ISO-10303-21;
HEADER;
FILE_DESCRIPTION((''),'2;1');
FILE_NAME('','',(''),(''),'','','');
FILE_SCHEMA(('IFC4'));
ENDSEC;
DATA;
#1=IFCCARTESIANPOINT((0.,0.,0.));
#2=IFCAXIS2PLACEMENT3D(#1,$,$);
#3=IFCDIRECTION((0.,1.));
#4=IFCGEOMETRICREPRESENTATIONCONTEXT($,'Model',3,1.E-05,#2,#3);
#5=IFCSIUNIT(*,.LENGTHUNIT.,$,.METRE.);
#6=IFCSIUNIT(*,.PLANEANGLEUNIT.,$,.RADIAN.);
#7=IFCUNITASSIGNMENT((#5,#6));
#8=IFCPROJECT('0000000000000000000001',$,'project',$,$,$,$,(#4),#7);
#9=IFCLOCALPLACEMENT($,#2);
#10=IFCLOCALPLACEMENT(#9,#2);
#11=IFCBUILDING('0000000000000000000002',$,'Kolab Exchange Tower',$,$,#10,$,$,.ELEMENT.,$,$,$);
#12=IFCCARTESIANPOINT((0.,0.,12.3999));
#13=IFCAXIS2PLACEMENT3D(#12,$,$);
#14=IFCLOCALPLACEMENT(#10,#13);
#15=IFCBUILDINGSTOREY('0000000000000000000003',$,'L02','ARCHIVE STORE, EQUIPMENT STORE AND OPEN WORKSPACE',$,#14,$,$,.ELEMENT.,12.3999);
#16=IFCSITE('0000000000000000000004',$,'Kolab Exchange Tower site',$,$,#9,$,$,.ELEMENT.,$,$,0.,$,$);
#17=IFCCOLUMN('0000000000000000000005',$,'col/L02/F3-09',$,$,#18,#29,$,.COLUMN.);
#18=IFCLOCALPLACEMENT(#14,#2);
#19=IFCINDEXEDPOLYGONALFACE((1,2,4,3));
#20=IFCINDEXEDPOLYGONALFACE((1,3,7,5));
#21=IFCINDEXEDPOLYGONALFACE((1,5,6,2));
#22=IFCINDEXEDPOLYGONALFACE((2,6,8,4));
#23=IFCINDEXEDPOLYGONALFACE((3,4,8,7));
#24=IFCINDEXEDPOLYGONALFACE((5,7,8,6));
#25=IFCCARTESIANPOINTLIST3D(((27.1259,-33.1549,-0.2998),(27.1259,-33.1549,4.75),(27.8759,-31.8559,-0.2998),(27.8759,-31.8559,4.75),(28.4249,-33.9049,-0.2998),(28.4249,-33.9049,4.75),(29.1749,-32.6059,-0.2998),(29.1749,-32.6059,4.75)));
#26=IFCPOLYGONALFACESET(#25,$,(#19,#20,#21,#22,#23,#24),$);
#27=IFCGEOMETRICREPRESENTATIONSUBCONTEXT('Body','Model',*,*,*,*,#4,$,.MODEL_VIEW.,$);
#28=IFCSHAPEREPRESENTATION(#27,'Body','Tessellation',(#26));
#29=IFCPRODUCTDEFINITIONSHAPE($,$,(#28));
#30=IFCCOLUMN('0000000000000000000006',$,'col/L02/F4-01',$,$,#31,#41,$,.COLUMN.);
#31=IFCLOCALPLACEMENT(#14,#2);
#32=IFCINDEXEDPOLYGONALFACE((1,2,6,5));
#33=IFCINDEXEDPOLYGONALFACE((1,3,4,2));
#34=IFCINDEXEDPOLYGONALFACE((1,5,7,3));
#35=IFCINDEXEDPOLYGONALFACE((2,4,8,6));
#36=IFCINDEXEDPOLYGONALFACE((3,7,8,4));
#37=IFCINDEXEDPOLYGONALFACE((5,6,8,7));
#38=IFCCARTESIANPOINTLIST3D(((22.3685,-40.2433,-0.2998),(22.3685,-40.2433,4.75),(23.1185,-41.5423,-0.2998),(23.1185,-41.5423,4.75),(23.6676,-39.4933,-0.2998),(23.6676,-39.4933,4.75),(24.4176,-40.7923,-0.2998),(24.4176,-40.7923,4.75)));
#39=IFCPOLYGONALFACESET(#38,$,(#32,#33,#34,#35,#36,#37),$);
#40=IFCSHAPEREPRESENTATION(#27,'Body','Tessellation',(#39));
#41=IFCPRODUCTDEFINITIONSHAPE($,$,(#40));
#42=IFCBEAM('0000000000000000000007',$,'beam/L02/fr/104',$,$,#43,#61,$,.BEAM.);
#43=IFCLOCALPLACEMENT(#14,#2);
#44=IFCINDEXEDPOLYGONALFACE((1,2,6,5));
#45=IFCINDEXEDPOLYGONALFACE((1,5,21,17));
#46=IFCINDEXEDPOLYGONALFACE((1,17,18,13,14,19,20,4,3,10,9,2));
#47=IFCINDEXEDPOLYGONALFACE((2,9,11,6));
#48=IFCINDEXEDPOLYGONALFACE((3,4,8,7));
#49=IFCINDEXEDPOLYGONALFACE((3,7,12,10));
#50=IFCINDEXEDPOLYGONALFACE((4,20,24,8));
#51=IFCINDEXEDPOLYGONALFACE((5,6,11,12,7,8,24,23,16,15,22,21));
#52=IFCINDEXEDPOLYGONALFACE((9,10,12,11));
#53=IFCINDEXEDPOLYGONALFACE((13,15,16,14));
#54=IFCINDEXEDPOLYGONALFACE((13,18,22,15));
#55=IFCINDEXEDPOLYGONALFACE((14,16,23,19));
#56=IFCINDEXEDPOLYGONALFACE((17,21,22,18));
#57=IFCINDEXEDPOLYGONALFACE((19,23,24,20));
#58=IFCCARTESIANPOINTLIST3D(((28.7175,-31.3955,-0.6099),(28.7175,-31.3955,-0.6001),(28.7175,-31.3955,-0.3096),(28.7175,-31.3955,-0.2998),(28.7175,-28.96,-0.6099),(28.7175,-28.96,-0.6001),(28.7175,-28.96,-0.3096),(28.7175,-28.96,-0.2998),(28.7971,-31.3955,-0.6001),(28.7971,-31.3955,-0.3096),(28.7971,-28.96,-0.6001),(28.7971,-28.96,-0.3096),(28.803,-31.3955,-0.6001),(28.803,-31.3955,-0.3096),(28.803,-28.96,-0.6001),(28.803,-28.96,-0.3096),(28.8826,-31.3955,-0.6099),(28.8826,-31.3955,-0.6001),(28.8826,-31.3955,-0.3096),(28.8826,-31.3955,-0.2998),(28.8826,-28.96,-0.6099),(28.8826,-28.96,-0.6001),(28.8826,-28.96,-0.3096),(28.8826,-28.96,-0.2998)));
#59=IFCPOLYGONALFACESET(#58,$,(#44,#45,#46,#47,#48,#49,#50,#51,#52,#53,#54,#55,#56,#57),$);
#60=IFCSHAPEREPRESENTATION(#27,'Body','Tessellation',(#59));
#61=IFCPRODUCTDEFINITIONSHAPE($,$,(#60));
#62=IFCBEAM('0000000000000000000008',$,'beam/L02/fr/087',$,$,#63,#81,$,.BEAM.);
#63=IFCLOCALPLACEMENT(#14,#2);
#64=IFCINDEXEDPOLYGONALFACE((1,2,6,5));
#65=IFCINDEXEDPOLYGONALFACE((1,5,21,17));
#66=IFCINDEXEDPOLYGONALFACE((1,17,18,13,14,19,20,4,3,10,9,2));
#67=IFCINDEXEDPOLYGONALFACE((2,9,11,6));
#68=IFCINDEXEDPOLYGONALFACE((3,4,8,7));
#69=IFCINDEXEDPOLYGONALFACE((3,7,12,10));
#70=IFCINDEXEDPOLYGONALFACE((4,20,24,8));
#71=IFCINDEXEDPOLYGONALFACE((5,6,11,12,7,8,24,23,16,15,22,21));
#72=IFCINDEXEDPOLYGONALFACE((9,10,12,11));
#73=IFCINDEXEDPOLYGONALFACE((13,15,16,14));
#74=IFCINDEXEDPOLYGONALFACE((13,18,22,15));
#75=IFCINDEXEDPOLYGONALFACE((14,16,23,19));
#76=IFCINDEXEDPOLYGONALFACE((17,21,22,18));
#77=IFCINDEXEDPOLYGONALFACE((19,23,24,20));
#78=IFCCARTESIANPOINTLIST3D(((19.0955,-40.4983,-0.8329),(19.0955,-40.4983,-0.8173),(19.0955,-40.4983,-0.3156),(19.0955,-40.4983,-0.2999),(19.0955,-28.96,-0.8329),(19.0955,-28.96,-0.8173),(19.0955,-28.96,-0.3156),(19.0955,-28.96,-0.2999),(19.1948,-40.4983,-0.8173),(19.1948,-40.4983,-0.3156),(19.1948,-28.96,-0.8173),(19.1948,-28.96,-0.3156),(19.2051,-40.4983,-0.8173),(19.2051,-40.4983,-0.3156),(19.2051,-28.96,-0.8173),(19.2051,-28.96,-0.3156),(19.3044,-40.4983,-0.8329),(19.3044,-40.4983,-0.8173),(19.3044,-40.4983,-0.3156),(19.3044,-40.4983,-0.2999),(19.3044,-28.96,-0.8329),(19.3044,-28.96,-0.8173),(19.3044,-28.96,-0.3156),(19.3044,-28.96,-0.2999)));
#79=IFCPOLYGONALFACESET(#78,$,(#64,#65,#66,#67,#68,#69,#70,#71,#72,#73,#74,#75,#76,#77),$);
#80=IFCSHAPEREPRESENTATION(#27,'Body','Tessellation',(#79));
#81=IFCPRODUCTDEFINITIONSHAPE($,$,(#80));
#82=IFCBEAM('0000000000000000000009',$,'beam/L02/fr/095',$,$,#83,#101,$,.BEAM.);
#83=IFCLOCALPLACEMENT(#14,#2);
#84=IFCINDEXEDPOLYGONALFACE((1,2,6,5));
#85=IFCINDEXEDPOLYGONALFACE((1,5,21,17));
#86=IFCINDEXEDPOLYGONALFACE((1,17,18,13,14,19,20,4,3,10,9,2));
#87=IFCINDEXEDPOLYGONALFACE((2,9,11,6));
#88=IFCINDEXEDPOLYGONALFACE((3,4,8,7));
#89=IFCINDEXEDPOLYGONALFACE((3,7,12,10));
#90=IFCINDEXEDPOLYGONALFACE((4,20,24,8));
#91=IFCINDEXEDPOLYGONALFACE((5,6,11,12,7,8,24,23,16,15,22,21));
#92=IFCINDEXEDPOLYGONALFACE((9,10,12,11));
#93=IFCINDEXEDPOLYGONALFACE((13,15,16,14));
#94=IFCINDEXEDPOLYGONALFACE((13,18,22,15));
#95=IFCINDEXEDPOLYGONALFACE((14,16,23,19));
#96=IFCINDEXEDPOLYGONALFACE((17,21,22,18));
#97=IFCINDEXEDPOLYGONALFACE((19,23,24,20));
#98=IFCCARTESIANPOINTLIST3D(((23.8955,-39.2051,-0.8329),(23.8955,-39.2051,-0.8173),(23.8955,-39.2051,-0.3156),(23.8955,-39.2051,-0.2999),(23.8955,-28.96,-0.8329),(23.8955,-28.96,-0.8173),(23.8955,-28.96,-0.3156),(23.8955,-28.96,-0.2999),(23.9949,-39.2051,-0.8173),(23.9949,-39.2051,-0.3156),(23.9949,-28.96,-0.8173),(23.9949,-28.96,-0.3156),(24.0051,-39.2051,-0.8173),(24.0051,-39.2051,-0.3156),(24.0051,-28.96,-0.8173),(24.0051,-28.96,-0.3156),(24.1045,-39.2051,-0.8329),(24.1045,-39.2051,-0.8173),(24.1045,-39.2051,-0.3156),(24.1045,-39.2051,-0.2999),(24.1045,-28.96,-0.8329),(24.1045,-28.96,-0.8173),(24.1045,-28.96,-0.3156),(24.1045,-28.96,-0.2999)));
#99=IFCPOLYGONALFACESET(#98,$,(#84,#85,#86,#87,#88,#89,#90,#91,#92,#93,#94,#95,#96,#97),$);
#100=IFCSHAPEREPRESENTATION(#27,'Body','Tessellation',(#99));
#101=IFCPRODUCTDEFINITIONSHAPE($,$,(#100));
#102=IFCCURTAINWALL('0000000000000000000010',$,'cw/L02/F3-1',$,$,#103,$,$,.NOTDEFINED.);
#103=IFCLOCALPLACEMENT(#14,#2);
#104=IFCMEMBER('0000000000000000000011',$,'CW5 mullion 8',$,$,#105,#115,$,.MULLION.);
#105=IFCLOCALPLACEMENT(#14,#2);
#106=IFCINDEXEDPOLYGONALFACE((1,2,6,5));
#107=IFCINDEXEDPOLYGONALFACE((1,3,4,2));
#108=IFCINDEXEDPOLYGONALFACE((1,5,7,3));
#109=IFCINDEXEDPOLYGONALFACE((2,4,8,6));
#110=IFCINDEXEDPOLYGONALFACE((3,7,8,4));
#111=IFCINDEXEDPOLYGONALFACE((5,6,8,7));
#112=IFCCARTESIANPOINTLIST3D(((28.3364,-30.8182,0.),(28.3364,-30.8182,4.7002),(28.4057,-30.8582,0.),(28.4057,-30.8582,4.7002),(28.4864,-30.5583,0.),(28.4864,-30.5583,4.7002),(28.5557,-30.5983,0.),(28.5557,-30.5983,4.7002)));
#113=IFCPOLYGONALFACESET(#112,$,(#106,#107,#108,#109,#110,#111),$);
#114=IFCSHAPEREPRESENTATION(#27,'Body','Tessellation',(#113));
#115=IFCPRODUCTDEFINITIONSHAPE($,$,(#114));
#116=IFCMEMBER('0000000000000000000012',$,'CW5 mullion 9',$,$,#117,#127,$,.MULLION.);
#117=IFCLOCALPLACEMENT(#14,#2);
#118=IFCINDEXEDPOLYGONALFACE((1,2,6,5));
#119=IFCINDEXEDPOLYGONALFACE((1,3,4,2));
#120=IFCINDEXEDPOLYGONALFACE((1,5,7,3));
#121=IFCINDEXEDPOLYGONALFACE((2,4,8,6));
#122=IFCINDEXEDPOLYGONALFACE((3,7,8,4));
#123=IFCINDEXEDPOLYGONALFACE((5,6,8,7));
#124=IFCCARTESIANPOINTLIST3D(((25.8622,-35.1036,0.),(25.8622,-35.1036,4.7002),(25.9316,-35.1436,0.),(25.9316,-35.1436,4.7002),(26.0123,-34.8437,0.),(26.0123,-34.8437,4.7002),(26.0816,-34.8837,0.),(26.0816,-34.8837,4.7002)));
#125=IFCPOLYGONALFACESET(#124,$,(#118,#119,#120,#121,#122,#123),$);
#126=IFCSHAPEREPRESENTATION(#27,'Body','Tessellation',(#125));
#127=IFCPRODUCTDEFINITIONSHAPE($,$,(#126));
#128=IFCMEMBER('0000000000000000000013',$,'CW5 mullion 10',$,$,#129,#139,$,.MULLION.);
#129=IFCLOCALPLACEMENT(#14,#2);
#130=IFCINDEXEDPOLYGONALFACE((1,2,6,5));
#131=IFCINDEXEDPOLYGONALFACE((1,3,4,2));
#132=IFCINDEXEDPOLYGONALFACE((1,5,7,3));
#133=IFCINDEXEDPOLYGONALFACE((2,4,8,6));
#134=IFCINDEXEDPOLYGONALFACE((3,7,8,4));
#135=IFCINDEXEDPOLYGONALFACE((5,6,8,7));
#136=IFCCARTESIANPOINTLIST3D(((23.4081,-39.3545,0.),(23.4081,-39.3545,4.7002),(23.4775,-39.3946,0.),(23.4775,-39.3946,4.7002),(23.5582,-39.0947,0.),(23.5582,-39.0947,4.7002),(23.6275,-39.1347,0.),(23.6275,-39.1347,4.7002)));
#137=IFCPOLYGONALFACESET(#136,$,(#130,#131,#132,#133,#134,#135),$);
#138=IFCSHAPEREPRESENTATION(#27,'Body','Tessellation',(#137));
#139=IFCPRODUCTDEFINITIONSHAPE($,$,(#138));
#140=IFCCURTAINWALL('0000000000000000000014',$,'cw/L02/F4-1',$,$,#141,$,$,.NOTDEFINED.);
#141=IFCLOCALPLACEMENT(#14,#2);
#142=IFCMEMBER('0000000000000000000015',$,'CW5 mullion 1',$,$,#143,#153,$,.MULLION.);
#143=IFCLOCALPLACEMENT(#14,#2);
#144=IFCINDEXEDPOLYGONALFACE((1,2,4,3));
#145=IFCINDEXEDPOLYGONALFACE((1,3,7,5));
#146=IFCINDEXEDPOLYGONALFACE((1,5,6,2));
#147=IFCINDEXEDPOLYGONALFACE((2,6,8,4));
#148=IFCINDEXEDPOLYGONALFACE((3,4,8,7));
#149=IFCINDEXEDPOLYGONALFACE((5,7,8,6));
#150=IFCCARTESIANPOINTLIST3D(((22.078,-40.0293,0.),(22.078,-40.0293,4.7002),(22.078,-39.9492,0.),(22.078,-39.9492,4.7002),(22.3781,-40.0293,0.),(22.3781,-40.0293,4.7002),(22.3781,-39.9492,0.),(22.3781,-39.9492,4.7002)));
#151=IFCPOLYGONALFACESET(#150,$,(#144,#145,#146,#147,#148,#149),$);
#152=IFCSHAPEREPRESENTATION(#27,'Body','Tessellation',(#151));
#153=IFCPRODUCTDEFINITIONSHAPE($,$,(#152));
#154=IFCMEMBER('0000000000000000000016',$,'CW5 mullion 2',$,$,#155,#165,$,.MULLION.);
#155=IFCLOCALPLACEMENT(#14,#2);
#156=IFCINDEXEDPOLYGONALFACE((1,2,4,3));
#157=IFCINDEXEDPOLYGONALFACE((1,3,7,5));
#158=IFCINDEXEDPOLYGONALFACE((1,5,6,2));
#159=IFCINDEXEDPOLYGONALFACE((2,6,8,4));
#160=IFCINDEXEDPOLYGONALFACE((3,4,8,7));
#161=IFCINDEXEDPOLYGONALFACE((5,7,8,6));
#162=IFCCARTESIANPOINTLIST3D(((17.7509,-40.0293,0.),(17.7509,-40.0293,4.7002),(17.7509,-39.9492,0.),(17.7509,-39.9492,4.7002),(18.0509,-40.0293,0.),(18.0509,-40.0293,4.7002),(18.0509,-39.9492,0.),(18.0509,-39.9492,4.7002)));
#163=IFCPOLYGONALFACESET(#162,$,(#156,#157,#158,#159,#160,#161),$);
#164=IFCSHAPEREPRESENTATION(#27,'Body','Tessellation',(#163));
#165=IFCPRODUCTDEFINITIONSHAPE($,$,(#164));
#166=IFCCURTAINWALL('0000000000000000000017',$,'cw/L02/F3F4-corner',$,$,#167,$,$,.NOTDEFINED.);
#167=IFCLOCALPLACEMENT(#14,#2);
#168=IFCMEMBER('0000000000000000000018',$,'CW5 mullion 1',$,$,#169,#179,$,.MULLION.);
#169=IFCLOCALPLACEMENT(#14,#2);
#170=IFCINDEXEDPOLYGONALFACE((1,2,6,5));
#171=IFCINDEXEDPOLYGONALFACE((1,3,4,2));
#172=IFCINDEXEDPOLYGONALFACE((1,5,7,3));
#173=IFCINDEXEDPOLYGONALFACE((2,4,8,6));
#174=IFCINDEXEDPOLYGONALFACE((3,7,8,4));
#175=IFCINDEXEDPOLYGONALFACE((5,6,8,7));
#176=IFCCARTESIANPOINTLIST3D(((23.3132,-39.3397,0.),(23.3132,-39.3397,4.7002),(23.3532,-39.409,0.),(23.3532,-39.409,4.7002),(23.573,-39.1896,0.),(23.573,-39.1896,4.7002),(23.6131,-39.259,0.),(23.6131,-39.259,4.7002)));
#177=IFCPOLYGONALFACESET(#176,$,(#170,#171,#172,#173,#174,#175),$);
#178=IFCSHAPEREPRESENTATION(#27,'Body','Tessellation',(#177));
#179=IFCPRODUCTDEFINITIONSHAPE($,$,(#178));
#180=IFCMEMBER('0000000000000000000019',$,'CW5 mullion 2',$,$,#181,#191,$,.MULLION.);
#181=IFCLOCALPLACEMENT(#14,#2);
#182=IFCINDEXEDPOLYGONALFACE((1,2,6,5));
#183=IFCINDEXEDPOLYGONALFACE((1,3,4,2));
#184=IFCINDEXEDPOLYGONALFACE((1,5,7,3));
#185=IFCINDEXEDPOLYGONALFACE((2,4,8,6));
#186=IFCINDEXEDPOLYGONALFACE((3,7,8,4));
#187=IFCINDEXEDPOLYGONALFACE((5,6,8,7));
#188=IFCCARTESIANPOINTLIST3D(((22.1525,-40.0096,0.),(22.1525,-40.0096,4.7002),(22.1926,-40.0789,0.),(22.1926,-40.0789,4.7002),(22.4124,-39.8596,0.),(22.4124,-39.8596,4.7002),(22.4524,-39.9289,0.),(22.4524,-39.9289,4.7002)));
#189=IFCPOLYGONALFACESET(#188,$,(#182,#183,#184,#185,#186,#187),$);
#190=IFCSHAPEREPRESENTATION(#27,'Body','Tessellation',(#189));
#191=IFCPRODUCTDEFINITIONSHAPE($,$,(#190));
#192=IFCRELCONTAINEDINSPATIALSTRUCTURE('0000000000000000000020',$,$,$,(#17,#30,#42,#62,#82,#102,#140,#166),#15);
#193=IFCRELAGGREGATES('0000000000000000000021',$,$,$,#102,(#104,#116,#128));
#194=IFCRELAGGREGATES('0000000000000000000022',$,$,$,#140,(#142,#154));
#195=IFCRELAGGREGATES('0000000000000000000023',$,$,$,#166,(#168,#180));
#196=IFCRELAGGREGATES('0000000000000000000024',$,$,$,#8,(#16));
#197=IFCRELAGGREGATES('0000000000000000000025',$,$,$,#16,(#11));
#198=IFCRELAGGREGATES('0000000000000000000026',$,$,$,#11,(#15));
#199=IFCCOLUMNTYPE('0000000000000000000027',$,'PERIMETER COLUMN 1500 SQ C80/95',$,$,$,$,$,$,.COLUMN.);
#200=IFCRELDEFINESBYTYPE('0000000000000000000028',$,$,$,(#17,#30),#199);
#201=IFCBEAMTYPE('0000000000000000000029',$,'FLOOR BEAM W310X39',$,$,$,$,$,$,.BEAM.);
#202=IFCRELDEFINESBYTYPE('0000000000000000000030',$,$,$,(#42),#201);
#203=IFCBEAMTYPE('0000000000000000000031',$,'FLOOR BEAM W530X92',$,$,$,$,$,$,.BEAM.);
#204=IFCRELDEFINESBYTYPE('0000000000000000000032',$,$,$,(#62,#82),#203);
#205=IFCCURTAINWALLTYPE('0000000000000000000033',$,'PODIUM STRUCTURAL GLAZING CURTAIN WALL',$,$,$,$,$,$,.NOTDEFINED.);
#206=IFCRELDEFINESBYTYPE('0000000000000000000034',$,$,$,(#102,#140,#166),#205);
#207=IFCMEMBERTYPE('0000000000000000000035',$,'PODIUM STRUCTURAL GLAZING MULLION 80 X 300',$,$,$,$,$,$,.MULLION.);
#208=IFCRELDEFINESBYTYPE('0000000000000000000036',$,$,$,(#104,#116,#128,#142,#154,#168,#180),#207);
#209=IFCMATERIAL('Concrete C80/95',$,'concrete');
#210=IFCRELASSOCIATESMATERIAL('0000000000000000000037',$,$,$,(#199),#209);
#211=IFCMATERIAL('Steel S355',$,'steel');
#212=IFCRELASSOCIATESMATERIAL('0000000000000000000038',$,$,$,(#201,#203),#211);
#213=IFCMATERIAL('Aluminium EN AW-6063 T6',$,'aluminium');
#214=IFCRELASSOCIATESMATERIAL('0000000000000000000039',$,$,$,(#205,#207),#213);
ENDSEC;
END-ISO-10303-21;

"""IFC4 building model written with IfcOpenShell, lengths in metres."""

from ifc_helpers import new_model, si_unit, direction, frame, origin, origin_2d, place, context, subcontext, project, spatial, rectangle, i_section, extrude, material, material_profile, profile_set, type_object, element, aggregate, save


model = new_model("IFC4")

# Units and contexts
model_context = context("Model", 3, precision=1e-05, world=origin(), true_north=direction((0.0, 1.0)))
body_context = subcontext(model_context, "Body", "Model", "MODEL_VIEW")
ifc_project = project(units=[si_unit("LENGTHUNIT", "METRE"), si_unit("PLANEANGLEUNIT", "RADIAN")], contexts=[model_context])

# Site, building, storey
site_placement = place(None, origin())
site = spatial("IfcSite", under=ifc_project, at=site_placement, Name="Kolab Exchange Tower site", CompositionType="ELEMENT", RefElevation=0.0)
building_placement = place(site_placement, origin())
building = spatial("IfcBuilding", under=site, at=building_placement, Name="Kolab Exchange Tower", CompositionType="ELEMENT")
storey_placement = place(building_placement, frame((0.0, 0.0, 12.3999)))
storey = spatial("IfcBuildingStorey", under=building, at=storey_placement, Name="L02", Description="ARCHIVE STORE, EQUIPMENT STORE AND OPEN WORKSPACE", CompositionType="ELEMENT", Elevation=12.3999)

# Columns
ifc_material_1 = material(Name="Concrete C80/95", Category="concrete")
ifc_material_profile_1 = material_profile(ifc_material_1, rectangle(XDim=1.5, YDim=1.5, at=origin_2d()), Name="RC1500")
ifc_profile_set_1 = profile_set([ifc_material_profile_1], Name="Concrete C80/95")
column_type = type_object("IfcColumnType", Name="PERIMETER COLUMN 1500 SQ C80/95", PredefinedType="COLUMN", material=ifc_profile_set_1)
for number, where, z_axis, x_axis, name in (
    (1, (28.1504, -32.8804, -0.2998), (0.0, 0.0, 1.0), (0.5, 0.866025, 0.0), "col/L02/F3-09"),
    (2, (23.3931, -40.5178, -0.2998), (0.0, 0.0, 1.0), (0.866025, 0.5, 0.0), "col/L02/F4-01"),
):
    element("IfcColumn", number, at=place(storey_placement, frame(where, z_axis=z_axis, x_axis=x_axis)), inside=storey, type_object=column_type, Name=name, PredefinedType="COLUMN", context=body_context, shape_type="SweptSolid", body=[
        extrude(rectangle(XDim=1.5, YDim=1.5, at=origin_2d()), origin(), (0.0, 0.0, 1.0), 5.0498),
    ])

# Beams
ifc_material_2 = material(Name="Steel S355", Category="steel")
ifc_material_profile_2 = material_profile(ifc_material_2, i_section(OverallWidth=0.165, OverallDepth=0.3101, WebThickness=0.0059, FlangeThickness=0.0098, at=origin_2d()), Name="W310X39")
ifc_profile_set_2 = profile_set([ifc_material_profile_2], Name="Steel S355")
beam_type_1 = type_object("IfcBeamType", Name="FLOOR BEAM W310X39", PredefinedType="BEAM", material=ifc_profile_set_2)
beam_1_placement = place(storey_placement, frame((28.8, -31.3955, -0.4548), z_axis=(0.0, 1.0, 0.0), x_axis=(-1.0, 0.0, 0.0)))
element("IfcBeam", 3, at=beam_1_placement, inside=storey, type_object=beam_type_1, Name="beam/L02/fr/104", PredefinedType="BEAM", context=body_context, shape_type="SweptSolid", body=[
    extrude(i_section(OverallWidth=0.165, OverallDepth=0.3101, WebThickness=0.0059, FlangeThickness=0.0098, at=origin_2d()), origin(), (0.0, 0.0, 1.0), 2.4355),
])
ifc_material_profile_3 = material_profile(ifc_material_2, i_section(OverallWidth=0.209, OverallDepth=0.533, WebThickness=0.0103, FlangeThickness=0.0156, at=origin_2d()), Name="W530X92")
ifc_profile_set_3 = profile_set([ifc_material_profile_3], Name="Steel S355")
beam_type_2 = type_object("IfcBeamType", Name="FLOOR BEAM W530X92", PredefinedType="BEAM", material=ifc_profile_set_3)
beam_2_placement = place(storey_placement, frame((19.2, -40.4983, -0.5664), z_axis=(0.0, 1.0, 0.0), x_axis=(-1.0, 0.0, 0.0)))
element("IfcBeam", 4, at=beam_2_placement, inside=storey, type_object=beam_type_2, Name="beam/L02/fr/087", PredefinedType="BEAM", context=body_context, shape_type="SweptSolid", body=[
    extrude(i_section(OverallWidth=0.209, OverallDepth=0.533, WebThickness=0.0103, FlangeThickness=0.0156, at=origin_2d()), origin(), (0.0, 0.0, 1.0), 11.5383),
])
beam_3_placement = place(storey_placement, frame((24.0, -39.2051, -0.5664), z_axis=(0.0, 1.0, 0.0), x_axis=(-1.0, 0.0, 0.0)))
element("IfcBeam", 5, at=beam_3_placement, inside=storey, type_object=beam_type_2, Name="beam/L02/fr/095", PredefinedType="BEAM", context=body_context, shape_type="SweptSolid", body=[
    extrude(i_section(OverallWidth=0.209, OverallDepth=0.533, WebThickness=0.0103, FlangeThickness=0.0156, at=origin_2d()), origin(), (0.0, 0.0, 1.0), 10.2451),
])

# Curtain walls, members
ifc_material_3 = material(Name="Aluminium EN AW-6063 T6", Category="aluminium")
curtain_wall_type = type_object("IfcCurtainWallType", Name="PODIUM STRUCTURAL GLAZING CURTAIN WALL", PredefinedType="NOTDEFINED", material=ifc_material_3)
curtain_wall_1_placement = place(storey_placement, origin())
curtain_wall_1 = element("IfcCurtainWall", 6, at=curtain_wall_1_placement, inside=storey, type_object=curtain_wall_type, Name="cw/L02/F3-1", PredefinedType="NOTDEFINED")
ifc_material_profile_4 = material_profile(ifc_material_3, rectangle(XDim=0.0801, YDim=0.3, at=origin_2d()), Name="RECT 80X300")
ifc_profile_set_4 = profile_set([ifc_material_profile_4], Name="Aluminium EN AW-6063 T6")
member_type_1 = type_object("IfcMemberType", Name="PODIUM STRUCTURAL GLAZING MULLION 80 X 300", PredefinedType="MULLION", material=ifc_profile_set_4)
member_1_placement = place(storey_placement, frame((28.446, -30.7083, 0.0), z_axis=(0.0, 0.0, 1.0), x_axis=(0.866025, -0.5, 0.0)))
member_1 = element("IfcMember", 7, at=member_1_placement, type_object=member_type_1, Name="CW5 mullion 8", PredefinedType="MULLION", context=body_context, shape_type="SweptSolid", body=[
    extrude(rectangle(XDim=0.0801, YDim=0.3, at=origin_2d()), origin(), (0.0, 0.0, 1.0), 4.7002),
])
member_2_placement = place(storey_placement, frame((25.9719, -34.9937, 0.0), z_axis=(0.0, 0.0, 1.0), x_axis=(0.866025, -0.5, 0.0)))
member_2 = element("IfcMember", 8, at=member_2_placement, type_object=member_type_1, Name="CW5 mullion 9", PredefinedType="MULLION", context=body_context, shape_type="SweptSolid", body=[
    extrude(rectangle(XDim=0.0801, YDim=0.3, at=origin_2d()), origin(), (0.0, 0.0, 1.0), 4.7002),
])
member_3_placement = place(storey_placement, frame((23.5178, -39.2446, 0.0), z_axis=(0.0, 0.0, 1.0), x_axis=(0.866025, -0.5, 0.0)))
member_3 = element("IfcMember", 9, at=member_3_placement, type_object=member_type_1, Name="CW5 mullion 10", PredefinedType="MULLION", context=body_context, shape_type="SweptSolid", body=[
    extrude(rectangle(XDim=0.0801, YDim=0.3, at=origin_2d()), origin(), (0.0, 0.0, 1.0), 4.7002),
])
curtain_wall_2_placement = place(storey_placement, origin())
curtain_wall_2 = element("IfcCurtainWall", 10, at=curtain_wall_2_placement, inside=storey, type_object=curtain_wall_type, Name="cw/L02/F4-1", PredefinedType="NOTDEFINED")
member_4_placement = place(storey_placement, frame((22.228, -39.9893, 0.0), z_axis=(0.0, 0.0, 1.0), x_axis=(0.0, -1.0, 0.0)))
member_4 = element("IfcMember", 11, at=member_4_placement, type_object=member_type_1, Name="CW5 mullion 1", PredefinedType="MULLION", context=body_context, shape_type="SweptSolid", body=[
    extrude(rectangle(XDim=0.0801, YDim=0.3, at=origin_2d()), origin(), (0.0, 0.0, 1.0), 4.7002),
])
member_5_placement = place(storey_placement, frame((17.9009, -39.9893, 0.0), z_axis=(0.0, 0.0, 1.0), x_axis=(0.0, -1.0, 0.0)))
member_5 = element("IfcMember", 12, at=member_5_placement, type_object=member_type_1, Name="CW5 mullion 2", PredefinedType="MULLION", context=body_context, shape_type="SweptSolid", body=[
    extrude(rectangle(XDim=0.0801, YDim=0.3, at=origin_2d()), origin(), (0.0, 0.0, 1.0), 4.7002),
])
curtain_wall_3_placement = place(storey_placement, origin())
curtain_wall_3 = element("IfcCurtainWall", 13, at=curtain_wall_3_placement, inside=storey, type_object=curtain_wall_type, Name="cw/L02/F3F4-corner", PredefinedType="NOTDEFINED")
member_6_placement = place(storey_placement, frame((23.4631, -39.2993, 0.0), z_axis=(0.0, 0.0, 1.0), x_axis=(0.5, -0.866025, 0.0)))
member_6 = element("IfcMember", 14, at=member_6_placement, type_object=member_type_1, Name="CW5 mullion 1", PredefinedType="MULLION", context=body_context, shape_type="SweptSolid", body=[
    extrude(rectangle(XDim=0.0801, YDim=0.3, at=origin_2d()), origin(), (0.0, 0.0, 1.0), 4.7002),
])
member_7_placement = place(storey_placement, frame((22.3025, -39.9692, 0.0), z_axis=(0.0, 0.0, 1.0), x_axis=(0.5, -0.866025, 0.0)))
member_7 = element("IfcMember", 15, at=member_7_placement, type_object=member_type_1, Name="CW5 mullion 2", PredefinedType="MULLION", context=body_context, shape_type="SweptSolid", body=[
    extrude(rectangle(XDim=0.0801, YDim=0.3, at=origin_2d()), origin(), (0.0, 0.0, 1.0), 4.7002),
])

aggregate(curtain_wall_1, [member_1, member_2, member_3])
aggregate(curtain_wall_2, [member_4, member_5])
aggregate(curtain_wall_3, [member_6, member_7])

save(model, "model.ifc")
